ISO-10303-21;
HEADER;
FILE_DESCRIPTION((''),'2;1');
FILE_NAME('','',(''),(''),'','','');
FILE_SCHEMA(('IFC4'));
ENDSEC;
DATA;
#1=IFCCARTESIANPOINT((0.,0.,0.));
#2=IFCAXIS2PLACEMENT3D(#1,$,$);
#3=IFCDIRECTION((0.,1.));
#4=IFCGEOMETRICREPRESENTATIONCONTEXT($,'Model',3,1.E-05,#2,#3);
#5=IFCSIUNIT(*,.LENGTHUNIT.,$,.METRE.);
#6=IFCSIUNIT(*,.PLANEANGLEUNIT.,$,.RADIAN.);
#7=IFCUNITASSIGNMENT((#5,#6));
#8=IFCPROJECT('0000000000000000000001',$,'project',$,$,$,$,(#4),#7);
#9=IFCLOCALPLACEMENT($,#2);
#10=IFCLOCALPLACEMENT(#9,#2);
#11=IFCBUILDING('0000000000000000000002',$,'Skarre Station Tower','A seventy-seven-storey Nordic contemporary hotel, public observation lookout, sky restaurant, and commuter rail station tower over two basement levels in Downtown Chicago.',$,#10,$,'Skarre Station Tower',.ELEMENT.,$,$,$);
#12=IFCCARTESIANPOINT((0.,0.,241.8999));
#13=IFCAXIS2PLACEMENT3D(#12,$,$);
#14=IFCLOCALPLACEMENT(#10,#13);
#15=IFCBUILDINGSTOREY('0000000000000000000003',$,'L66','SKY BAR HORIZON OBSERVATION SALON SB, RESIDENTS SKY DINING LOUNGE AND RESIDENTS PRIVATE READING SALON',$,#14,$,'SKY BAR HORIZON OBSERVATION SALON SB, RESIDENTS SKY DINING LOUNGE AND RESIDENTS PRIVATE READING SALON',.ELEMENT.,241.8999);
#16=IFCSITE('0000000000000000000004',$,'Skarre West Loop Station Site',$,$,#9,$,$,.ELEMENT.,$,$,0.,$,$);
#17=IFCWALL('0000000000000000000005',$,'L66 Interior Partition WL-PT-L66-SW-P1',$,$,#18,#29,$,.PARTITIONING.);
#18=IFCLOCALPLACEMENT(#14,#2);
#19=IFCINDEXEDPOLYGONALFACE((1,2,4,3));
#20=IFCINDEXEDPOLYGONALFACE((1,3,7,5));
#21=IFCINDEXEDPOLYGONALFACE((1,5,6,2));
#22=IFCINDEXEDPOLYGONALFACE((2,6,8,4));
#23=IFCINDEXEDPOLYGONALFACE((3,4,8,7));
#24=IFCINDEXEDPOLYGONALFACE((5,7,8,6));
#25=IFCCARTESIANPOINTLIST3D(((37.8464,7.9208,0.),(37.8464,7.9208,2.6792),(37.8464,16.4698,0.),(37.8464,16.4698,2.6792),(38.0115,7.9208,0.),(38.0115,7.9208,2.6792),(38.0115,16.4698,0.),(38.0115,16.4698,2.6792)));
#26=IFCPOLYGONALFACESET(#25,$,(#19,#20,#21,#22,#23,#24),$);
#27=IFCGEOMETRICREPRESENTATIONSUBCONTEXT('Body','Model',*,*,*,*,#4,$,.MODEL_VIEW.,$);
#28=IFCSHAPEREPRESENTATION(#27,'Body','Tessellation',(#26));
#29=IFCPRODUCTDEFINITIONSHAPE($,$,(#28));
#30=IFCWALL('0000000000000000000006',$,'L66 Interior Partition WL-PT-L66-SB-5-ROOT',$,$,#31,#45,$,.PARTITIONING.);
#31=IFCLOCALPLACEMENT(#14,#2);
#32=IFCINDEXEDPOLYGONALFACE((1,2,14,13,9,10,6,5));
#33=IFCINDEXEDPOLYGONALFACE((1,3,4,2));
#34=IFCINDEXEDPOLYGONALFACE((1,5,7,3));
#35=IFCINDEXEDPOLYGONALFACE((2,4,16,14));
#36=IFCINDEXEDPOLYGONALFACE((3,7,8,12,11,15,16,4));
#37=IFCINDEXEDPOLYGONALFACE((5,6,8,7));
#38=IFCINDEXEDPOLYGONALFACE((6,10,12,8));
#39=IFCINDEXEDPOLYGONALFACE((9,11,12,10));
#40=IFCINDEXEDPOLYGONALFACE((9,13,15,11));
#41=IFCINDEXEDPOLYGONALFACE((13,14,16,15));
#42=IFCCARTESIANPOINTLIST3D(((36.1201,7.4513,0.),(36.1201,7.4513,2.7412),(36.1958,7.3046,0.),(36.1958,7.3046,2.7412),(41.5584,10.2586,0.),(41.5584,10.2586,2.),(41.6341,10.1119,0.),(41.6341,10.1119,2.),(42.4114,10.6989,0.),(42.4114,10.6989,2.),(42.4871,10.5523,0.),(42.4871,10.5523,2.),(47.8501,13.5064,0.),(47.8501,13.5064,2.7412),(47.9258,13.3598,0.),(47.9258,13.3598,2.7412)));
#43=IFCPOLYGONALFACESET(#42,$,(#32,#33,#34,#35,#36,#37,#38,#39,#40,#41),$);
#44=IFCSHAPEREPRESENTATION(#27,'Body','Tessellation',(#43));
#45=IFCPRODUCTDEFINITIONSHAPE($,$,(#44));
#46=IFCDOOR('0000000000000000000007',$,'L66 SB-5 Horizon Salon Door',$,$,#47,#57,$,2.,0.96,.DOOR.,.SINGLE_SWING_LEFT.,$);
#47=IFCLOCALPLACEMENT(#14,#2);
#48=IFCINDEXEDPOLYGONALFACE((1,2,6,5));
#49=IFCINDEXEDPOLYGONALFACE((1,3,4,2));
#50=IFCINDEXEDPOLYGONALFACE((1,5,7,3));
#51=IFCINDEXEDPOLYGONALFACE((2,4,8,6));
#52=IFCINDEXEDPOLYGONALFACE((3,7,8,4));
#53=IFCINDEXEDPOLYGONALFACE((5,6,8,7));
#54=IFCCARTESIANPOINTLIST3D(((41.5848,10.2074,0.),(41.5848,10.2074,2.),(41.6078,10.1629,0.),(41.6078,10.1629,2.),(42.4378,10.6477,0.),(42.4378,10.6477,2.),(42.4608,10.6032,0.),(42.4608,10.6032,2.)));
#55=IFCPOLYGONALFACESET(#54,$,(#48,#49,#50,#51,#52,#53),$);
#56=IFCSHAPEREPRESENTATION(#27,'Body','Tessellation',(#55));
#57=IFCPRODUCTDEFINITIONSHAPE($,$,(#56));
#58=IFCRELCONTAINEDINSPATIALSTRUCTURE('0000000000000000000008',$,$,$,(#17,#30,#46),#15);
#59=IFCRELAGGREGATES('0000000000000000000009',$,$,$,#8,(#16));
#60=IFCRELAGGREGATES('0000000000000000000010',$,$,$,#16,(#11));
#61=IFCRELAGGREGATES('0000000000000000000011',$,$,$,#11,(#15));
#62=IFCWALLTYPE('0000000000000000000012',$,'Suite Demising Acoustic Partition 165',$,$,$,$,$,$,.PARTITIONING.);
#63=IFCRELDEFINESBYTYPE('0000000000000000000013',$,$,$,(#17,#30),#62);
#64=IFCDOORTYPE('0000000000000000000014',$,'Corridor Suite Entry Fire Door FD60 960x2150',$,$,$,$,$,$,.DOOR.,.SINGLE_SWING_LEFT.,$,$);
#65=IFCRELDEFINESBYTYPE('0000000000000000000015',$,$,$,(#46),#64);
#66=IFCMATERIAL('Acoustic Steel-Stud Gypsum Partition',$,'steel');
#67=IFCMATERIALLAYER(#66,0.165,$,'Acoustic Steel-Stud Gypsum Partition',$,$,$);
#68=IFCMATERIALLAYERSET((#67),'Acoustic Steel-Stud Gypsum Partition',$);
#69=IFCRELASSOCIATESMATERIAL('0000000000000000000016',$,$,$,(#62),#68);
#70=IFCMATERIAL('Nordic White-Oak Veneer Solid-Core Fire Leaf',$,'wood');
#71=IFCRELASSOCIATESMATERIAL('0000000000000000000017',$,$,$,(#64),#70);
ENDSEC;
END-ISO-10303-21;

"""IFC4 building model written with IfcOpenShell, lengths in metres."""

from ifc_helpers import new_model, si_unit, direction, frame, frame_2d, origin, place, context, subcontext, project, spatial, rectangle, extrude, material, layer, layer_set, type_object, element, fill, save


model = new_model("IFC4")

# Units and contexts
model_context = context("Model", 3, precision=1e-05, world=origin(), true_north=direction((0.0, 1.0)))
body_context = subcontext(model_context, "Body", "Model", "MODEL_VIEW")
ifc_project = project(units=[si_unit("LENGTHUNIT", "METRE"), si_unit("PLANEANGLEUNIT", "RADIAN")], contexts=[model_context])

# Site, building, storey
site_placement = place(None, origin())
site = spatial("IfcSite", under=ifc_project, at=site_placement, Name="Skarre West Loop Station Site", CompositionType="ELEMENT", RefElevation=0.0)
building_placement = place(site_placement, origin())
building = spatial("IfcBuilding", under=site, at=building_placement, Name="Skarre Station Tower", Description="A seventy-seven-storey Nordic contemporary hotel, public observation lookout, sky restaurant, and commuter rail station tower over two basement levels in Downtown Chicago.", LongName="Skarre Station Tower", CompositionType="ELEMENT")
storey_placement = place(building_placement, frame((0.0, 0.0, 241.8999)))
storey = spatial("IfcBuildingStorey", under=building, at=storey_placement, Name="L66", Description="SKY BAR HORIZON OBSERVATION SALON SB, RESIDENTS SKY DINING LOUNGE AND RESIDENTS PRIVATE READING SALON", LongName="SKY BAR HORIZON OBSERVATION SALON SB, RESIDENTS SKY DINING LOUNGE AND RESIDENTS PRIVATE READING SALON", CompositionType="ELEMENT", Elevation=241.8999)

# Wall
ifc_material_1 = material(Name="Acoustic Steel-Stud Gypsum Partition", Category="steel")
ifc_layer_1 = layer(ifc_material_1, 0.165, Name="Acoustic Steel-Stud Gypsum Partition")
ifc_layer_set_1 = layer_set([ifc_layer_1], Name="Acoustic Steel-Stud Gypsum Partition")
wall_type_1 = type_object("IfcWallType", Name="Suite Demising Acoustic Partition 165", PredefinedType="PARTITIONING", material=ifc_layer_set_1)
wall_1_placement = place(storey_placement, frame((37.929, 7.9209, 0.0), z_axis=(0.0, 0.0, 1.0), x_axis=(0.0, 1.0, 0.0)))
element("IfcWall", 1, at=wall_1_placement, inside=storey, type_object=wall_type_1, Name="L66 Interior Partition WL-PT-L66-SW-P1", PredefinedType="PARTITIONING", context=body_context, shape_type="SweptSolid", body=[
    extrude(rectangle(XDim=8.5491, YDim=0.165, at=frame_2d((4.2744, 0.0))), origin(), (0.0, 0.0, 1.0), 2.6792),
])

# Wall, opening, door
wall_2_placement = place(storey_placement, frame((36.158, 7.3779, 0.0), z_axis=(0.0, 0.0, 1.0), x_axis=(0.88859, 0.458702, 0.0)))
wall_2 = element("IfcWall", 2, at=wall_2_placement, inside=storey, type_object=wall_type_1, Name="L66 Interior Partition WL-PT-L66-SB-5-ROOT", PredefinedType="PARTITIONING", context=body_context, shape_type="SweptSolid", body=[
    extrude(rectangle(XDim=13.2007, YDim=0.165, at=frame_2d((6.6003, 0.0))), origin(), (0.0, 0.0, 1.0), 2.7412),
])
opening_placement = place(wall_2_placement, frame((6.1201, 0.0, 0.0)))
opening = element("IfcOpeningElement", 3, at=opening_placement, cuts=wall_2, PredefinedType="OPENING", context=body_context, shape_type="SweptSolid", body=[
    extrude(rectangle(XDim=0.96, YDim=2.0, at=frame_2d((0.48, 1.0))), frame((0.0, 0.0925, 0.0), z_axis=(0.0, -1.0, 0.0), x_axis=(1.0, 0.0, 0.0)), (0.0, 0.0, 1.0), 0.1851),
])
ifc_material_2 = material(Name="Nordic White-Oak Veneer Solid-Core Fire Leaf", Category="wood")
door_type = type_object("IfcDoorType", Name="Corridor Suite Entry Fire Door FD60 960x2150", OperationType="SINGLE_SWING_LEFT", PredefinedType="DOOR", material=ifc_material_2)
door_placement = place(opening_placement, origin())
door = element("IfcDoor", 4, at=door_placement, inside=storey, type_object=door_type, Name="L66 SB-5 Horizon Salon Door", OperationType="SINGLE_SWING_LEFT", OverallHeight=2.0, OverallWidth=0.96, PredefinedType="DOOR", context=body_context, shape_type="SweptSolid", body=[
    extrude(rectangle(XDim=0.96, YDim=2.0, at=frame_2d((0.48, 1.0))), frame((0.0, 0.0249, 0.0), z_axis=(0.0, -1.0, 0.0), x_axis=(1.0, 0.0, 0.0)), (0.0, 0.0, 1.0), 0.05),
])
fill(opening, door)

save(model, "model.ifc")
